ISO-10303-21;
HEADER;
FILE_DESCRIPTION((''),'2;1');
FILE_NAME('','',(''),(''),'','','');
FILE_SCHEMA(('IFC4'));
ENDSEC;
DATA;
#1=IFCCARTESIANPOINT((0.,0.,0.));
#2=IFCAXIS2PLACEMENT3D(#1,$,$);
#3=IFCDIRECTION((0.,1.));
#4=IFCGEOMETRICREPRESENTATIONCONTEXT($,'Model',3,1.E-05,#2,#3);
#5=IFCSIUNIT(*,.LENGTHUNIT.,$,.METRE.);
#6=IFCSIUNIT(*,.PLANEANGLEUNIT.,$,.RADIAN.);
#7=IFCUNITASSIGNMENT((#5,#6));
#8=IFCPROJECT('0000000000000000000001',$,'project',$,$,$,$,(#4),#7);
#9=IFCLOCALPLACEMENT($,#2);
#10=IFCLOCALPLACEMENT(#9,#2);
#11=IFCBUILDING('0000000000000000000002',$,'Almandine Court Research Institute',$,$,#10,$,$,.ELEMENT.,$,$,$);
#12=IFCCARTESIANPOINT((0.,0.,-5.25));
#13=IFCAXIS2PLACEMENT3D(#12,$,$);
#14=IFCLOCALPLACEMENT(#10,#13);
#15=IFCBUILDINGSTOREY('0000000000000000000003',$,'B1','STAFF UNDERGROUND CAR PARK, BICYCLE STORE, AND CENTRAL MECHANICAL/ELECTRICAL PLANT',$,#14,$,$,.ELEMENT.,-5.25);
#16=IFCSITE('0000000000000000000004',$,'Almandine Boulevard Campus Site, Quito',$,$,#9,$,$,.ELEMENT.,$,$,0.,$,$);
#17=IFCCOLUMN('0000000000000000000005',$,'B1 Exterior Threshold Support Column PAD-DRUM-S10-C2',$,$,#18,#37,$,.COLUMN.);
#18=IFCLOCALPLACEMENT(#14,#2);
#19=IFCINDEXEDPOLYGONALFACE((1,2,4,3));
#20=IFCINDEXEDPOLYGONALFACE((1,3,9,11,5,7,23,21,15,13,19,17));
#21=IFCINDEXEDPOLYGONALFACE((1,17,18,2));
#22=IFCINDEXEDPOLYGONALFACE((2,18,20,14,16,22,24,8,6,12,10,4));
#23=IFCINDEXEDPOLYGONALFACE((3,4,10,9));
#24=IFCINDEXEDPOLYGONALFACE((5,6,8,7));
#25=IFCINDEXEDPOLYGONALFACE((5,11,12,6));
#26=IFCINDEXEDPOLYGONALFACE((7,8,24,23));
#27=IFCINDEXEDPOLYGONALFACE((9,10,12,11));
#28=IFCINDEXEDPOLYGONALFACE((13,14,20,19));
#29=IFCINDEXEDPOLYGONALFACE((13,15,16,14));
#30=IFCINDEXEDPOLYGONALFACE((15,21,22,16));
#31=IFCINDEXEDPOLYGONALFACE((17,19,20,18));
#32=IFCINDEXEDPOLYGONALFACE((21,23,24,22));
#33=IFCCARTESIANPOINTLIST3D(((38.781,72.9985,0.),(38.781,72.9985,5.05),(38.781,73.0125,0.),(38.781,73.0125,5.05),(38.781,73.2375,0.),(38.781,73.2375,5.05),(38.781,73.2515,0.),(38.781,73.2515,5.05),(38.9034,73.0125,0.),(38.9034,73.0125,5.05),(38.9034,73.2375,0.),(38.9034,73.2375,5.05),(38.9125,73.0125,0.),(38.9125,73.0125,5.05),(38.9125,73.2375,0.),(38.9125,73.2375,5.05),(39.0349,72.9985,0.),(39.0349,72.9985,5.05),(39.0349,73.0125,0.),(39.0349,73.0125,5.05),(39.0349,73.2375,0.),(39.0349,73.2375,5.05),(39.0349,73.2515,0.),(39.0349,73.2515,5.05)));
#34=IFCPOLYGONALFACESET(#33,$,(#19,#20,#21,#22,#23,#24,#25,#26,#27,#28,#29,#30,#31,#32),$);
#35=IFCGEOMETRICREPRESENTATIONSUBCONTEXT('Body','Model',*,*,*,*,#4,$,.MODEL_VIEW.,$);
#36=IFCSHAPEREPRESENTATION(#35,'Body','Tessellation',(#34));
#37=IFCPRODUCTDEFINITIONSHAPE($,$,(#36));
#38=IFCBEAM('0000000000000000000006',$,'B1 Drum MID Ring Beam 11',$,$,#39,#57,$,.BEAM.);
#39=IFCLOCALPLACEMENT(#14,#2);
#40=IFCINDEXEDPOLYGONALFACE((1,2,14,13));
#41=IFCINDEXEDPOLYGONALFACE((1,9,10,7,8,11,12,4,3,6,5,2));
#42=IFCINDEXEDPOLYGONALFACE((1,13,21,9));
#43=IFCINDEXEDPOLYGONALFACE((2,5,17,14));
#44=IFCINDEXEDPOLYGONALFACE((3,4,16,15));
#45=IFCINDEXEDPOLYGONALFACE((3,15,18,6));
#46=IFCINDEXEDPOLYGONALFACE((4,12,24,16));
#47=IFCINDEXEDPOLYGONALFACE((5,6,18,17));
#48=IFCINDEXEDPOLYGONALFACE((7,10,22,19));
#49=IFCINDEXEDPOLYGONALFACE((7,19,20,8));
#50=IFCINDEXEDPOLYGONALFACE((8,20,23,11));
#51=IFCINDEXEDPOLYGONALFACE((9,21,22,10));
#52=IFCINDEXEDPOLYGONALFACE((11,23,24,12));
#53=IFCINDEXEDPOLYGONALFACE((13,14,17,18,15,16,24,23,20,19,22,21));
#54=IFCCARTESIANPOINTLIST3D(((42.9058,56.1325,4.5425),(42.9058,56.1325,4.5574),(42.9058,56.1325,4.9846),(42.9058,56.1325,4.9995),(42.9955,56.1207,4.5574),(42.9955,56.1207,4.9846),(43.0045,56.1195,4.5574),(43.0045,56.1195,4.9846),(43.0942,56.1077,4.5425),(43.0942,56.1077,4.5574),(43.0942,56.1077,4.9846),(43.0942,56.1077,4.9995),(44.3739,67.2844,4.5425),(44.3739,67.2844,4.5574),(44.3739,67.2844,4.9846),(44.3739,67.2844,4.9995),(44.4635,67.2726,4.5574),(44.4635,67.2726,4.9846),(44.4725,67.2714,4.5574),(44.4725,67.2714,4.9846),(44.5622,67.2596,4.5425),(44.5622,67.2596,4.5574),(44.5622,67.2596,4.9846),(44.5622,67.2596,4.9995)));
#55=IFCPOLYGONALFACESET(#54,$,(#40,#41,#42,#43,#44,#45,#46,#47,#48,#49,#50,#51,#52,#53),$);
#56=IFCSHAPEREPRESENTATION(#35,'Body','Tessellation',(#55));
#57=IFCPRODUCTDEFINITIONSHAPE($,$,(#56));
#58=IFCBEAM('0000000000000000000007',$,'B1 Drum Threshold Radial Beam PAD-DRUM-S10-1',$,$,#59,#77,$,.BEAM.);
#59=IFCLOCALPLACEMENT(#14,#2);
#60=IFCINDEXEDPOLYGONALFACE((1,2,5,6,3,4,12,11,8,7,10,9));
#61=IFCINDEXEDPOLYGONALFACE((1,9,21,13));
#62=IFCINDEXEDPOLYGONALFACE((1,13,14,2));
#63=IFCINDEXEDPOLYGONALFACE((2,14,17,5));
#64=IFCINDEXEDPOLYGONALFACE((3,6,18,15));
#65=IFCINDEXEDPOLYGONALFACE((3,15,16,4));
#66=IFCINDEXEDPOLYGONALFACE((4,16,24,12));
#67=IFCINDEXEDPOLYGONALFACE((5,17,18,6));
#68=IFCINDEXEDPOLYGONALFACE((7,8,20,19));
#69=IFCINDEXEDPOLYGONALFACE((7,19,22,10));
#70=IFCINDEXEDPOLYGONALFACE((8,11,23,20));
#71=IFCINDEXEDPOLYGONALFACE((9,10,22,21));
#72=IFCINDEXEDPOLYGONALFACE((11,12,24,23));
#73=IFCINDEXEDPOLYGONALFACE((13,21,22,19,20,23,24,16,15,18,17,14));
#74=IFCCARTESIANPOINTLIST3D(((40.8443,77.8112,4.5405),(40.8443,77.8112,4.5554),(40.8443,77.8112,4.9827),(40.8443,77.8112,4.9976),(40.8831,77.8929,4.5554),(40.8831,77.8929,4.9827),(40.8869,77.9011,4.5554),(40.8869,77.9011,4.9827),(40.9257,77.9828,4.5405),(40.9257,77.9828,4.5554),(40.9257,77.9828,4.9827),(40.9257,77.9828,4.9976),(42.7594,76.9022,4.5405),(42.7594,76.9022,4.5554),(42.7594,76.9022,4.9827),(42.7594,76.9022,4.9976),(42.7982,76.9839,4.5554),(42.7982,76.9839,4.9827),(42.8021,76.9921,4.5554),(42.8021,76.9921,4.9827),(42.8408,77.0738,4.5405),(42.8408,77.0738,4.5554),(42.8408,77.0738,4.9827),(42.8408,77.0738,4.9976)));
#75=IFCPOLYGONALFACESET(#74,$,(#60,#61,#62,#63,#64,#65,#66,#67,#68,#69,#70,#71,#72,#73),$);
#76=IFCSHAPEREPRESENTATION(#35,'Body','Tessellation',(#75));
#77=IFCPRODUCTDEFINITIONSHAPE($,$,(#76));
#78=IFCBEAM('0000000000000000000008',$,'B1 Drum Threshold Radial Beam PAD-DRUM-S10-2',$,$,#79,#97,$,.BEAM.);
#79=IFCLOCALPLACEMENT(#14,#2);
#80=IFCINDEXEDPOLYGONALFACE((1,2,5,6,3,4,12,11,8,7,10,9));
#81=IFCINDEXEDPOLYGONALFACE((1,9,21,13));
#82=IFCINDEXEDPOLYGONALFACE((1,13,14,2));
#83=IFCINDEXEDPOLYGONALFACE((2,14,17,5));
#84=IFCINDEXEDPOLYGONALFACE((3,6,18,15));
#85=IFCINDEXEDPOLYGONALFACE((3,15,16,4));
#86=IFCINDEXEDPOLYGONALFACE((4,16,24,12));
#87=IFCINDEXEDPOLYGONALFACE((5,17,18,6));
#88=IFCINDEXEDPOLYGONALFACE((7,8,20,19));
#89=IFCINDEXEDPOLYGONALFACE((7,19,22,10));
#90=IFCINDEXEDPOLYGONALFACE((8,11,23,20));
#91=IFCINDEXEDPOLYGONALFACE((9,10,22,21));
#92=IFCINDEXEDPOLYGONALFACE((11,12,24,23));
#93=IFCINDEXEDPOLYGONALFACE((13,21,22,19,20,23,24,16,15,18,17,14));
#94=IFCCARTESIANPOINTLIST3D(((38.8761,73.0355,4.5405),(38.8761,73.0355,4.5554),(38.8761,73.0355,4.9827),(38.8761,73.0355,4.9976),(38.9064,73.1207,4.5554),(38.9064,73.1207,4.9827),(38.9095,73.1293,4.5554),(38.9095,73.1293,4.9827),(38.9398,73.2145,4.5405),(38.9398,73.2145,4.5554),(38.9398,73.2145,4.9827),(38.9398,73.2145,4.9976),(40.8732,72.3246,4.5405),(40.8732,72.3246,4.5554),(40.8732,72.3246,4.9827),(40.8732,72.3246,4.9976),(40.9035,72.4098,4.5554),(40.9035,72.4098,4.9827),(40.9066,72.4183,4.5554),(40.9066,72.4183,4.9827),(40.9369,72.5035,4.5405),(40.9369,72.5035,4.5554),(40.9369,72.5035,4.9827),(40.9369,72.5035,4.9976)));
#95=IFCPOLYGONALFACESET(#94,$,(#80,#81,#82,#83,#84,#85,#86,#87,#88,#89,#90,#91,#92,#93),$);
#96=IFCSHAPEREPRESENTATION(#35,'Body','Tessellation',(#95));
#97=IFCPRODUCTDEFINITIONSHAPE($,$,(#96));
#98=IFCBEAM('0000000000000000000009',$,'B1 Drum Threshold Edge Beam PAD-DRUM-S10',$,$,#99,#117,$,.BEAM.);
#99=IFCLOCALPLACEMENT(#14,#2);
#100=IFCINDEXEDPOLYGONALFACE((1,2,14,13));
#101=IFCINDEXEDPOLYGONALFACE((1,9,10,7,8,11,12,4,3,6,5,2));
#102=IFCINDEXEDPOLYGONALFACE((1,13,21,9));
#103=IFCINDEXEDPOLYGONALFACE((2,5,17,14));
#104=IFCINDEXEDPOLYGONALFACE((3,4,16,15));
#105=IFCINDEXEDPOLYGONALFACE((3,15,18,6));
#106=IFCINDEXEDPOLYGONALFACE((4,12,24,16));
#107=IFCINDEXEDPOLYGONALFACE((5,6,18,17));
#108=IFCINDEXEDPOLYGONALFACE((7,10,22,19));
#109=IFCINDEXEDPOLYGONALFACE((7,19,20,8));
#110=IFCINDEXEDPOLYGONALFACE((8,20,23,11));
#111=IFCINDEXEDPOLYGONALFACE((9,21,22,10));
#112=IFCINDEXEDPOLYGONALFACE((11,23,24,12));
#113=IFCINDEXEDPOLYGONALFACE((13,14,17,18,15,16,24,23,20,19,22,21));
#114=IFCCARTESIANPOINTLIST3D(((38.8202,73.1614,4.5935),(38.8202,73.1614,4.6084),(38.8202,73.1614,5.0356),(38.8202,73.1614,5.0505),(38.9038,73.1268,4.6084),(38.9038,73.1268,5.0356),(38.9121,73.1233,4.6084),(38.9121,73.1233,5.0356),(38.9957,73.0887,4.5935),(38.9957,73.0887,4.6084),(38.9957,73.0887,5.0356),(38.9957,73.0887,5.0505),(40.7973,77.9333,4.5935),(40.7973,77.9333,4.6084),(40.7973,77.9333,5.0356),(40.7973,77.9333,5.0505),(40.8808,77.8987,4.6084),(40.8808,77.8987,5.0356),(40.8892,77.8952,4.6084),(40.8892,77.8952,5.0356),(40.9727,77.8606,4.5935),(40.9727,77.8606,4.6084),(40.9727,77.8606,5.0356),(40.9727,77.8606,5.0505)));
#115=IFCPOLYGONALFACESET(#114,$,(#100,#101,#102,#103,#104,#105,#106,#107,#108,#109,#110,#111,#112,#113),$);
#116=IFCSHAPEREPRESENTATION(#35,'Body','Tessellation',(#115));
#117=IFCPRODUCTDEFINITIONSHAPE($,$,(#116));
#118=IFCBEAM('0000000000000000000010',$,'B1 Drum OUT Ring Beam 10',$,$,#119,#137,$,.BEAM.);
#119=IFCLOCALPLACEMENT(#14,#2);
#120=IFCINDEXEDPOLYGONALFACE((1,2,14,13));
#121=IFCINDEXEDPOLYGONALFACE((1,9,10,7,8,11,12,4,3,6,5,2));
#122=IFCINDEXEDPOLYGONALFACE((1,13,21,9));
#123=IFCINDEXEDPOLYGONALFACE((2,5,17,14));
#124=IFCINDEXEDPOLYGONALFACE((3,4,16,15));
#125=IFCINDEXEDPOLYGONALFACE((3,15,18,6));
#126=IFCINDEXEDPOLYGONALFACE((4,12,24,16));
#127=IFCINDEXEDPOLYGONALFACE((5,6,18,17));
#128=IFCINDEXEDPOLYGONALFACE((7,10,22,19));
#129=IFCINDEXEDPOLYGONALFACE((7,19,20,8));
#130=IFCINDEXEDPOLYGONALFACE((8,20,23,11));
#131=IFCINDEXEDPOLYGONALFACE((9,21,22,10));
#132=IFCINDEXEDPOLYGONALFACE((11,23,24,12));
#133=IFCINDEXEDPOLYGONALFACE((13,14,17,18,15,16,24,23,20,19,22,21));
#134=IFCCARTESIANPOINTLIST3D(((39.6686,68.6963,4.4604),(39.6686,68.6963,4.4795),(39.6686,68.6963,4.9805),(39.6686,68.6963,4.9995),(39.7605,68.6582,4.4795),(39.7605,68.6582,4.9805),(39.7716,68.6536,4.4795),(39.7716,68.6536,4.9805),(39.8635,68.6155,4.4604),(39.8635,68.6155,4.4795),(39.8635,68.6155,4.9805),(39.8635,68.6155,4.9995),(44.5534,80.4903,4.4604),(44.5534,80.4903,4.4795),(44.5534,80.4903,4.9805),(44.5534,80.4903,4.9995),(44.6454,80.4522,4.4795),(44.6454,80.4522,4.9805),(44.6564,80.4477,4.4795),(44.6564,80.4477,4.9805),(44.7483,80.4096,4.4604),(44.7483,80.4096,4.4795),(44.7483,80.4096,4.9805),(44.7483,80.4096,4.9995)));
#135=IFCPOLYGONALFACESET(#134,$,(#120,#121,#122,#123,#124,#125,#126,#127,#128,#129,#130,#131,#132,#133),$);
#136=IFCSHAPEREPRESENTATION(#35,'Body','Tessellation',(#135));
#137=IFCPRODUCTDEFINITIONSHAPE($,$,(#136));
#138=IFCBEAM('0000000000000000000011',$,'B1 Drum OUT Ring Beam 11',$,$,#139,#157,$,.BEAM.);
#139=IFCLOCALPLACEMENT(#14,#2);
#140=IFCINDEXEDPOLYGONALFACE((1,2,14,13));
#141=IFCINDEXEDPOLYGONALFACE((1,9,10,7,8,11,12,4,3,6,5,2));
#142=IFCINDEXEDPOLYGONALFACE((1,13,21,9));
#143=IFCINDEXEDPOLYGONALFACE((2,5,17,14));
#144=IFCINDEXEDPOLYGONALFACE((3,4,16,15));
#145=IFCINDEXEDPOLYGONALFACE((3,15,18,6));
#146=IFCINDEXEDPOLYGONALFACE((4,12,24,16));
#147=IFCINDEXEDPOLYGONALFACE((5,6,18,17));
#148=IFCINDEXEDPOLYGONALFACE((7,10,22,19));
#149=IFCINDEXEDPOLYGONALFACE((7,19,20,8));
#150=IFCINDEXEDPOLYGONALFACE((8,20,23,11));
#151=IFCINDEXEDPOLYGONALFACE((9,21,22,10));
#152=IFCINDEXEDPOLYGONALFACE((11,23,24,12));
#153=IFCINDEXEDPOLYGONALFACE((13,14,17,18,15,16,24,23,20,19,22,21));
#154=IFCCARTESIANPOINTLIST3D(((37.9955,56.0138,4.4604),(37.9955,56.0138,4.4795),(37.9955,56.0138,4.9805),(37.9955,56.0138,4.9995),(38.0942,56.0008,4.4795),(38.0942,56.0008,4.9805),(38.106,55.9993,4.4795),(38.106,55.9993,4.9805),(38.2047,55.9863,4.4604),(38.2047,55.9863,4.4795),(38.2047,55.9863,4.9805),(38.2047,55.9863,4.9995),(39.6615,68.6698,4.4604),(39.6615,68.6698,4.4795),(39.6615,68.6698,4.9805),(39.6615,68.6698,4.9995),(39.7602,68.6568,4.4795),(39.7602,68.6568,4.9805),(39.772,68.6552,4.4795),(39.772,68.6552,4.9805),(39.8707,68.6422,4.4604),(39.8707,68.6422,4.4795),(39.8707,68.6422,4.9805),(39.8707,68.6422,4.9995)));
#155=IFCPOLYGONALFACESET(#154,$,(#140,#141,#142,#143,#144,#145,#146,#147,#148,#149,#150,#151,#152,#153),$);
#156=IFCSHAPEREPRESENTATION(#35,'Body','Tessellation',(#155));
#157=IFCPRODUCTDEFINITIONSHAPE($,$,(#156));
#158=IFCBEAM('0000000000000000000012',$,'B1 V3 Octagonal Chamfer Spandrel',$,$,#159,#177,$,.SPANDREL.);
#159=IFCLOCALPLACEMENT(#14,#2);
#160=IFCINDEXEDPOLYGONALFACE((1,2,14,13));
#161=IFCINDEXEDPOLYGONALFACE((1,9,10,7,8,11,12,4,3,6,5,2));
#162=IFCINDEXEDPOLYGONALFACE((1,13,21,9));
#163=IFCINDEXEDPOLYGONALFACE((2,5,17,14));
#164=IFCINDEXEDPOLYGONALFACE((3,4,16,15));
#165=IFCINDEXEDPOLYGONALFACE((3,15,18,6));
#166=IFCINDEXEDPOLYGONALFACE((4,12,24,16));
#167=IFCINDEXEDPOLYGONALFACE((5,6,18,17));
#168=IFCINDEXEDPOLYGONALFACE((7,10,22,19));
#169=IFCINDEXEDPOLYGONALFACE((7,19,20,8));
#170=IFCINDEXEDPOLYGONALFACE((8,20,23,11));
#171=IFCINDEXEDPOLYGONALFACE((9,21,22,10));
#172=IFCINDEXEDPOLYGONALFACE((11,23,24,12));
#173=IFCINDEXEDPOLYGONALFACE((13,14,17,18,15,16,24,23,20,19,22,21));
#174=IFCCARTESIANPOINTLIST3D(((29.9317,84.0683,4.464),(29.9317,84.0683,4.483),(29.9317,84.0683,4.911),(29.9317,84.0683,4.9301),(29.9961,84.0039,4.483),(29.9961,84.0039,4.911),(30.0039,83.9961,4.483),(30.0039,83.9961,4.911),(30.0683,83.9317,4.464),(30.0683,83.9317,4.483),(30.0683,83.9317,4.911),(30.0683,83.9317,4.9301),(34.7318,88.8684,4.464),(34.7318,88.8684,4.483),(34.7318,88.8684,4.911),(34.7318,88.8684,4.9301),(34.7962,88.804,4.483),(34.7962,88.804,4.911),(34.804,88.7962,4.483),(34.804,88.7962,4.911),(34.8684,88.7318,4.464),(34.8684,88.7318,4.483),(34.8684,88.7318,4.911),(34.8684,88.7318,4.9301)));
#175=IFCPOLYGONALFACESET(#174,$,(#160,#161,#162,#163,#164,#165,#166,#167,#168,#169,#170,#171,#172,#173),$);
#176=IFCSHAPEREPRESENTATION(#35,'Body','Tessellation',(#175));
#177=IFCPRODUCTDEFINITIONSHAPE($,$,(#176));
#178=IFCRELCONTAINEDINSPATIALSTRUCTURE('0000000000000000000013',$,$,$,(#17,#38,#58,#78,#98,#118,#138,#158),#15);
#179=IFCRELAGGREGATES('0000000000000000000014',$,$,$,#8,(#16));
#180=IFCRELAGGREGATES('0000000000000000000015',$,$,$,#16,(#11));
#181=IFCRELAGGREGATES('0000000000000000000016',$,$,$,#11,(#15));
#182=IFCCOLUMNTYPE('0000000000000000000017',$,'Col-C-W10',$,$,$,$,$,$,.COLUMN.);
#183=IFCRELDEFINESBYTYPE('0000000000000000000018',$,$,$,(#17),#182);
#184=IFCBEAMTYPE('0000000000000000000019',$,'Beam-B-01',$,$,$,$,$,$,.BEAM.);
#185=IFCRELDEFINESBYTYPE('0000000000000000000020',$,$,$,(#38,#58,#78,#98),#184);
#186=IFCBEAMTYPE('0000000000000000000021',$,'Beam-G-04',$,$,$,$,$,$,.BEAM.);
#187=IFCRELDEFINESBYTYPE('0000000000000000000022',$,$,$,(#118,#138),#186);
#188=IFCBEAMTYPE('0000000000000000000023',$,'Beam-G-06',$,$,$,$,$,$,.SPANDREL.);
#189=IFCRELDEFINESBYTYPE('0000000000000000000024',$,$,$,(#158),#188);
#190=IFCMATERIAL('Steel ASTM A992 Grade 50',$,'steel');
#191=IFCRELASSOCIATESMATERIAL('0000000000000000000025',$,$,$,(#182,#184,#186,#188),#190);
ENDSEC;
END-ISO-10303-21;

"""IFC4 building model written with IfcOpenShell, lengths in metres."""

from ifc_helpers import new_model, si_unit, direction, frame, origin, origin_2d, place, context, subcontext, project, spatial, i_section, extrude, material, material_profile, profile_set, type_object, element, save


model = new_model("IFC4")

# Units and contexts
model_context = context("Model", 3, precision=1e-05, world=origin(), true_north=direction((0.0, 1.0)))
body_context = subcontext(model_context, "Body", "Model", "MODEL_VIEW")
ifc_project = project(units=[si_unit("LENGTHUNIT", "METRE"), si_unit("PLANEANGLEUNIT", "RADIAN")], contexts=[model_context])

# Site, building, storey
site_placement = place(None, origin())
site = spatial("IfcSite", under=ifc_project, at=site_placement, Name="Almandine Boulevard Campus Site, Quito", CompositionType="ELEMENT", RefElevation=0.0)
building_placement = place(site_placement, origin())
building = spatial("IfcBuilding", under=site, at=building_placement, Name="Almandine Court Research Institute", CompositionType="ELEMENT")
storey_placement = place(building_placement, frame((0.0, 0.0, -5.25)))
storey = spatial("IfcBuildingStorey", under=building, at=storey_placement, Name="B1", Description="STAFF UNDERGROUND CAR PARK, BICYCLE STORE, AND CENTRAL MECHANICAL/ELECTRICAL PLANT", CompositionType="ELEMENT", Elevation=-5.25)

# Column
ifc_material_1 = material(Name="Steel ASTM A992 Grade 50", Category="steel")
ifc_material_profile_1 = material_profile(ifc_material_1, i_section(OverallWidth=0.2539, OverallDepth=0.2529, WebThickness=0.009, FlangeThickness=0.0139, at=origin_2d()), Name="W250x73")
ifc_profile_set_1 = profile_set([ifc_material_profile_1], Name="Steel ASTM A992 Grade 50")
column_type_1 = type_object("IfcColumnType", Name="Col-C-W10", PredefinedType="COLUMN", material=ifc_profile_set_1)
for number, where, z_axis, x_axis, name in (
    (1, (38.908, 73.125, 0.0), (0.0, 0.0, 1.0), (1.0, 0.0, 0.0), "B1 Exterior Threshold Support Column PAD-DRUM-S10-C2"),
):
    element("IfcColumn", number, at=place(storey_placement, frame(where, z_axis=z_axis, x_axis=x_axis)), inside=storey, type_object=column_type_1, Name=name, PredefinedType="COLUMN", context=body_context, shape_type="SweptSolid", body=[
        extrude(i_section(OverallWidth=0.2539, OverallDepth=0.2529, WebThickness=0.009, FlangeThickness=0.0139, at=origin_2d()), origin(), (0.0, 0.0, 1.0), 5.05),
    ])

# Beams
ifc_material_profile_2 = material_profile(ifc_material_1, i_section(OverallWidth=0.1899, OverallDepth=0.457, WebThickness=0.009, FlangeThickness=0.0149, at=origin_2d()), Name="W460x74")
ifc_profile_set_2 = profile_set([ifc_material_profile_2], Name="Steel ASTM A992 Grade 50")
beam_type_1 = type_object("IfcBeamType", Name="Beam-B-01", PredefinedType="BEAM", material=ifc_profile_set_2)
beam_1_placement = place(storey_placement, frame((44.468, 67.272, 4.771), z_axis=(-0.130513, -0.991447, 0.0), x_axis=(0.991447, -0.130513, 0.0)))
element("IfcBeam", 2, at=beam_1_placement, inside=storey, type_object=beam_type_1, Name="B1 Drum MID Ring Beam 11", PredefinedType="BEAM", context=body_context, shape_type="SweptSolid", body=[
    extrude(i_section(OverallWidth=0.1899, OverallDepth=0.457, WebThickness=0.009, FlangeThickness=0.0149, at=origin_2d()), origin(), (0.0, 0.0, 1.0), 11.248),
])
for number, where, z_axis, x_axis, name in (
    (3, (40.885, 77.897, 4.769), (0.903407, -0.428784, 0.0), (0.428784, 0.903407, 0.0), "B1 Drum Threshold Radial Beam PAD-DRUM-S10-1"),
    (4, (38.908, 73.125, 4.769), (0.942085, -0.335373, 0.0), (0.335373, 0.942085, 0.0), "B1 Drum Threshold Radial Beam PAD-DRUM-S10-2"),
):
    element("IfcBeam", number, at=place(storey_placement, frame(where, z_axis=z_axis, x_axis=x_axis)), inside=storey, type_object=beam_type_1, Name=name, PredefinedType="BEAM", context=body_context, shape_type="SweptSolid", body=[
        extrude(i_section(OverallWidth=0.1899, OverallDepth=0.457, WebThickness=0.009, FlangeThickness=0.0149, at=origin_2d()), origin(), (0.0, 0.0, 1.0), 2.1199),
    ])
beam_2_placement = place(storey_placement, frame((40.885, 77.897, 4.822), z_axis=(-0.382755, -0.92385, 0.0), x_axis=(0.92385, -0.382755, 0.0)))
element("IfcBeam", 5, at=beam_2_placement, inside=storey, type_object=beam_type_1, Name="B1 Drum Threshold Edge Beam PAD-DRUM-S10", PredefinedType="BEAM", context=body_context, shape_type="SweptSolid", body=[
    extrude(i_section(OverallWidth=0.1899, OverallDepth=0.457, WebThickness=0.009, FlangeThickness=0.0149, at=origin_2d()), origin(), (0.0, 0.0, 1.0), 5.1653),
])
ifc_material_profile_3 = material_profile(ifc_material_1, i_section(OverallWidth=0.2109, OverallDepth=0.5391, WebThickness=0.012, FlangeThickness=0.019, at=origin_2d()), Name="W530x109")
ifc_profile_set_3 = profile_set([ifc_material_profile_3], Name="Steel ASTM A992 Grade 50")
beam_type_2 = type_object("IfcBeamType", Name="Beam-G-04", PredefinedType="BEAM", material=ifc_profile_set_3)
beam_3_placement = place(storey_placement, frame((44.6509, 80.45, 4.73), z_axis=(-0.382654, -0.923892, 0.0), x_axis=(0.923892, -0.382654, 0.0)))
element("IfcBeam", 6, at=beam_3_placement, inside=storey, type_object=beam_type_2, Name="B1 Drum OUT Ring Beam 10", PredefinedType="BEAM", context=body_context, shape_type="SweptSolid", body=[
    extrude(i_section(OverallWidth=0.2109, OverallDepth=0.5391, WebThickness=0.012, FlangeThickness=0.019, at=origin_2d()), origin(), (0.0, 0.0, 1.0), 12.7656),
])
beam_4_placement = place(storey_placement, frame((39.7661, 68.656, 4.73), z_axis=(-0.130512, -0.991447, 0.0), x_axis=(0.991447, -0.130512, 0.0)))
element("IfcBeam", 7, at=beam_4_placement, inside=storey, type_object=beam_type_2, Name="B1 Drum OUT Ring Beam 11", PredefinedType="BEAM", context=body_context, shape_type="SweptSolid", body=[
    extrude(i_section(OverallWidth=0.2109, OverallDepth=0.5391, WebThickness=0.012, FlangeThickness=0.019, at=origin_2d()), origin(), (0.0, 0.0, 1.0), 12.7651),
])
ifc_material_profile_4 = material_profile(ifc_material_1, i_section(OverallWidth=0.1931, OverallDepth=0.4661, WebThickness=0.011, FlangeThickness=0.019, at=origin_2d()), Name="W460x97")
ifc_profile_set_4 = profile_set([ifc_material_profile_4], Name="Steel ASTM A992 Grade 50")
beam_type_3 = type_object("IfcBeamType", Name="Beam-G-06", PredefinedType="SPANDREL", material=ifc_profile_set_4)
beam_5_placement = place(storey_placement, frame((30.0, 84.0, 4.697), z_axis=(0.707107, 0.707107, 0.0), x_axis=(-0.707107, 0.707107, 0.0)))
element("IfcBeam", 8, at=beam_5_placement, inside=storey, type_object=beam_type_3, Name="B1 V3 Octagonal Chamfer Spandrel", PredefinedType="SPANDREL", context=body_context, shape_type="SweptSolid", body=[
    extrude(i_section(OverallWidth=0.1931, OverallDepth=0.4661, WebThickness=0.011, FlangeThickness=0.019, at=origin_2d()), origin(), (0.0, 0.0, 1.0), 6.7883),
])

save(model, "model.ifc")
